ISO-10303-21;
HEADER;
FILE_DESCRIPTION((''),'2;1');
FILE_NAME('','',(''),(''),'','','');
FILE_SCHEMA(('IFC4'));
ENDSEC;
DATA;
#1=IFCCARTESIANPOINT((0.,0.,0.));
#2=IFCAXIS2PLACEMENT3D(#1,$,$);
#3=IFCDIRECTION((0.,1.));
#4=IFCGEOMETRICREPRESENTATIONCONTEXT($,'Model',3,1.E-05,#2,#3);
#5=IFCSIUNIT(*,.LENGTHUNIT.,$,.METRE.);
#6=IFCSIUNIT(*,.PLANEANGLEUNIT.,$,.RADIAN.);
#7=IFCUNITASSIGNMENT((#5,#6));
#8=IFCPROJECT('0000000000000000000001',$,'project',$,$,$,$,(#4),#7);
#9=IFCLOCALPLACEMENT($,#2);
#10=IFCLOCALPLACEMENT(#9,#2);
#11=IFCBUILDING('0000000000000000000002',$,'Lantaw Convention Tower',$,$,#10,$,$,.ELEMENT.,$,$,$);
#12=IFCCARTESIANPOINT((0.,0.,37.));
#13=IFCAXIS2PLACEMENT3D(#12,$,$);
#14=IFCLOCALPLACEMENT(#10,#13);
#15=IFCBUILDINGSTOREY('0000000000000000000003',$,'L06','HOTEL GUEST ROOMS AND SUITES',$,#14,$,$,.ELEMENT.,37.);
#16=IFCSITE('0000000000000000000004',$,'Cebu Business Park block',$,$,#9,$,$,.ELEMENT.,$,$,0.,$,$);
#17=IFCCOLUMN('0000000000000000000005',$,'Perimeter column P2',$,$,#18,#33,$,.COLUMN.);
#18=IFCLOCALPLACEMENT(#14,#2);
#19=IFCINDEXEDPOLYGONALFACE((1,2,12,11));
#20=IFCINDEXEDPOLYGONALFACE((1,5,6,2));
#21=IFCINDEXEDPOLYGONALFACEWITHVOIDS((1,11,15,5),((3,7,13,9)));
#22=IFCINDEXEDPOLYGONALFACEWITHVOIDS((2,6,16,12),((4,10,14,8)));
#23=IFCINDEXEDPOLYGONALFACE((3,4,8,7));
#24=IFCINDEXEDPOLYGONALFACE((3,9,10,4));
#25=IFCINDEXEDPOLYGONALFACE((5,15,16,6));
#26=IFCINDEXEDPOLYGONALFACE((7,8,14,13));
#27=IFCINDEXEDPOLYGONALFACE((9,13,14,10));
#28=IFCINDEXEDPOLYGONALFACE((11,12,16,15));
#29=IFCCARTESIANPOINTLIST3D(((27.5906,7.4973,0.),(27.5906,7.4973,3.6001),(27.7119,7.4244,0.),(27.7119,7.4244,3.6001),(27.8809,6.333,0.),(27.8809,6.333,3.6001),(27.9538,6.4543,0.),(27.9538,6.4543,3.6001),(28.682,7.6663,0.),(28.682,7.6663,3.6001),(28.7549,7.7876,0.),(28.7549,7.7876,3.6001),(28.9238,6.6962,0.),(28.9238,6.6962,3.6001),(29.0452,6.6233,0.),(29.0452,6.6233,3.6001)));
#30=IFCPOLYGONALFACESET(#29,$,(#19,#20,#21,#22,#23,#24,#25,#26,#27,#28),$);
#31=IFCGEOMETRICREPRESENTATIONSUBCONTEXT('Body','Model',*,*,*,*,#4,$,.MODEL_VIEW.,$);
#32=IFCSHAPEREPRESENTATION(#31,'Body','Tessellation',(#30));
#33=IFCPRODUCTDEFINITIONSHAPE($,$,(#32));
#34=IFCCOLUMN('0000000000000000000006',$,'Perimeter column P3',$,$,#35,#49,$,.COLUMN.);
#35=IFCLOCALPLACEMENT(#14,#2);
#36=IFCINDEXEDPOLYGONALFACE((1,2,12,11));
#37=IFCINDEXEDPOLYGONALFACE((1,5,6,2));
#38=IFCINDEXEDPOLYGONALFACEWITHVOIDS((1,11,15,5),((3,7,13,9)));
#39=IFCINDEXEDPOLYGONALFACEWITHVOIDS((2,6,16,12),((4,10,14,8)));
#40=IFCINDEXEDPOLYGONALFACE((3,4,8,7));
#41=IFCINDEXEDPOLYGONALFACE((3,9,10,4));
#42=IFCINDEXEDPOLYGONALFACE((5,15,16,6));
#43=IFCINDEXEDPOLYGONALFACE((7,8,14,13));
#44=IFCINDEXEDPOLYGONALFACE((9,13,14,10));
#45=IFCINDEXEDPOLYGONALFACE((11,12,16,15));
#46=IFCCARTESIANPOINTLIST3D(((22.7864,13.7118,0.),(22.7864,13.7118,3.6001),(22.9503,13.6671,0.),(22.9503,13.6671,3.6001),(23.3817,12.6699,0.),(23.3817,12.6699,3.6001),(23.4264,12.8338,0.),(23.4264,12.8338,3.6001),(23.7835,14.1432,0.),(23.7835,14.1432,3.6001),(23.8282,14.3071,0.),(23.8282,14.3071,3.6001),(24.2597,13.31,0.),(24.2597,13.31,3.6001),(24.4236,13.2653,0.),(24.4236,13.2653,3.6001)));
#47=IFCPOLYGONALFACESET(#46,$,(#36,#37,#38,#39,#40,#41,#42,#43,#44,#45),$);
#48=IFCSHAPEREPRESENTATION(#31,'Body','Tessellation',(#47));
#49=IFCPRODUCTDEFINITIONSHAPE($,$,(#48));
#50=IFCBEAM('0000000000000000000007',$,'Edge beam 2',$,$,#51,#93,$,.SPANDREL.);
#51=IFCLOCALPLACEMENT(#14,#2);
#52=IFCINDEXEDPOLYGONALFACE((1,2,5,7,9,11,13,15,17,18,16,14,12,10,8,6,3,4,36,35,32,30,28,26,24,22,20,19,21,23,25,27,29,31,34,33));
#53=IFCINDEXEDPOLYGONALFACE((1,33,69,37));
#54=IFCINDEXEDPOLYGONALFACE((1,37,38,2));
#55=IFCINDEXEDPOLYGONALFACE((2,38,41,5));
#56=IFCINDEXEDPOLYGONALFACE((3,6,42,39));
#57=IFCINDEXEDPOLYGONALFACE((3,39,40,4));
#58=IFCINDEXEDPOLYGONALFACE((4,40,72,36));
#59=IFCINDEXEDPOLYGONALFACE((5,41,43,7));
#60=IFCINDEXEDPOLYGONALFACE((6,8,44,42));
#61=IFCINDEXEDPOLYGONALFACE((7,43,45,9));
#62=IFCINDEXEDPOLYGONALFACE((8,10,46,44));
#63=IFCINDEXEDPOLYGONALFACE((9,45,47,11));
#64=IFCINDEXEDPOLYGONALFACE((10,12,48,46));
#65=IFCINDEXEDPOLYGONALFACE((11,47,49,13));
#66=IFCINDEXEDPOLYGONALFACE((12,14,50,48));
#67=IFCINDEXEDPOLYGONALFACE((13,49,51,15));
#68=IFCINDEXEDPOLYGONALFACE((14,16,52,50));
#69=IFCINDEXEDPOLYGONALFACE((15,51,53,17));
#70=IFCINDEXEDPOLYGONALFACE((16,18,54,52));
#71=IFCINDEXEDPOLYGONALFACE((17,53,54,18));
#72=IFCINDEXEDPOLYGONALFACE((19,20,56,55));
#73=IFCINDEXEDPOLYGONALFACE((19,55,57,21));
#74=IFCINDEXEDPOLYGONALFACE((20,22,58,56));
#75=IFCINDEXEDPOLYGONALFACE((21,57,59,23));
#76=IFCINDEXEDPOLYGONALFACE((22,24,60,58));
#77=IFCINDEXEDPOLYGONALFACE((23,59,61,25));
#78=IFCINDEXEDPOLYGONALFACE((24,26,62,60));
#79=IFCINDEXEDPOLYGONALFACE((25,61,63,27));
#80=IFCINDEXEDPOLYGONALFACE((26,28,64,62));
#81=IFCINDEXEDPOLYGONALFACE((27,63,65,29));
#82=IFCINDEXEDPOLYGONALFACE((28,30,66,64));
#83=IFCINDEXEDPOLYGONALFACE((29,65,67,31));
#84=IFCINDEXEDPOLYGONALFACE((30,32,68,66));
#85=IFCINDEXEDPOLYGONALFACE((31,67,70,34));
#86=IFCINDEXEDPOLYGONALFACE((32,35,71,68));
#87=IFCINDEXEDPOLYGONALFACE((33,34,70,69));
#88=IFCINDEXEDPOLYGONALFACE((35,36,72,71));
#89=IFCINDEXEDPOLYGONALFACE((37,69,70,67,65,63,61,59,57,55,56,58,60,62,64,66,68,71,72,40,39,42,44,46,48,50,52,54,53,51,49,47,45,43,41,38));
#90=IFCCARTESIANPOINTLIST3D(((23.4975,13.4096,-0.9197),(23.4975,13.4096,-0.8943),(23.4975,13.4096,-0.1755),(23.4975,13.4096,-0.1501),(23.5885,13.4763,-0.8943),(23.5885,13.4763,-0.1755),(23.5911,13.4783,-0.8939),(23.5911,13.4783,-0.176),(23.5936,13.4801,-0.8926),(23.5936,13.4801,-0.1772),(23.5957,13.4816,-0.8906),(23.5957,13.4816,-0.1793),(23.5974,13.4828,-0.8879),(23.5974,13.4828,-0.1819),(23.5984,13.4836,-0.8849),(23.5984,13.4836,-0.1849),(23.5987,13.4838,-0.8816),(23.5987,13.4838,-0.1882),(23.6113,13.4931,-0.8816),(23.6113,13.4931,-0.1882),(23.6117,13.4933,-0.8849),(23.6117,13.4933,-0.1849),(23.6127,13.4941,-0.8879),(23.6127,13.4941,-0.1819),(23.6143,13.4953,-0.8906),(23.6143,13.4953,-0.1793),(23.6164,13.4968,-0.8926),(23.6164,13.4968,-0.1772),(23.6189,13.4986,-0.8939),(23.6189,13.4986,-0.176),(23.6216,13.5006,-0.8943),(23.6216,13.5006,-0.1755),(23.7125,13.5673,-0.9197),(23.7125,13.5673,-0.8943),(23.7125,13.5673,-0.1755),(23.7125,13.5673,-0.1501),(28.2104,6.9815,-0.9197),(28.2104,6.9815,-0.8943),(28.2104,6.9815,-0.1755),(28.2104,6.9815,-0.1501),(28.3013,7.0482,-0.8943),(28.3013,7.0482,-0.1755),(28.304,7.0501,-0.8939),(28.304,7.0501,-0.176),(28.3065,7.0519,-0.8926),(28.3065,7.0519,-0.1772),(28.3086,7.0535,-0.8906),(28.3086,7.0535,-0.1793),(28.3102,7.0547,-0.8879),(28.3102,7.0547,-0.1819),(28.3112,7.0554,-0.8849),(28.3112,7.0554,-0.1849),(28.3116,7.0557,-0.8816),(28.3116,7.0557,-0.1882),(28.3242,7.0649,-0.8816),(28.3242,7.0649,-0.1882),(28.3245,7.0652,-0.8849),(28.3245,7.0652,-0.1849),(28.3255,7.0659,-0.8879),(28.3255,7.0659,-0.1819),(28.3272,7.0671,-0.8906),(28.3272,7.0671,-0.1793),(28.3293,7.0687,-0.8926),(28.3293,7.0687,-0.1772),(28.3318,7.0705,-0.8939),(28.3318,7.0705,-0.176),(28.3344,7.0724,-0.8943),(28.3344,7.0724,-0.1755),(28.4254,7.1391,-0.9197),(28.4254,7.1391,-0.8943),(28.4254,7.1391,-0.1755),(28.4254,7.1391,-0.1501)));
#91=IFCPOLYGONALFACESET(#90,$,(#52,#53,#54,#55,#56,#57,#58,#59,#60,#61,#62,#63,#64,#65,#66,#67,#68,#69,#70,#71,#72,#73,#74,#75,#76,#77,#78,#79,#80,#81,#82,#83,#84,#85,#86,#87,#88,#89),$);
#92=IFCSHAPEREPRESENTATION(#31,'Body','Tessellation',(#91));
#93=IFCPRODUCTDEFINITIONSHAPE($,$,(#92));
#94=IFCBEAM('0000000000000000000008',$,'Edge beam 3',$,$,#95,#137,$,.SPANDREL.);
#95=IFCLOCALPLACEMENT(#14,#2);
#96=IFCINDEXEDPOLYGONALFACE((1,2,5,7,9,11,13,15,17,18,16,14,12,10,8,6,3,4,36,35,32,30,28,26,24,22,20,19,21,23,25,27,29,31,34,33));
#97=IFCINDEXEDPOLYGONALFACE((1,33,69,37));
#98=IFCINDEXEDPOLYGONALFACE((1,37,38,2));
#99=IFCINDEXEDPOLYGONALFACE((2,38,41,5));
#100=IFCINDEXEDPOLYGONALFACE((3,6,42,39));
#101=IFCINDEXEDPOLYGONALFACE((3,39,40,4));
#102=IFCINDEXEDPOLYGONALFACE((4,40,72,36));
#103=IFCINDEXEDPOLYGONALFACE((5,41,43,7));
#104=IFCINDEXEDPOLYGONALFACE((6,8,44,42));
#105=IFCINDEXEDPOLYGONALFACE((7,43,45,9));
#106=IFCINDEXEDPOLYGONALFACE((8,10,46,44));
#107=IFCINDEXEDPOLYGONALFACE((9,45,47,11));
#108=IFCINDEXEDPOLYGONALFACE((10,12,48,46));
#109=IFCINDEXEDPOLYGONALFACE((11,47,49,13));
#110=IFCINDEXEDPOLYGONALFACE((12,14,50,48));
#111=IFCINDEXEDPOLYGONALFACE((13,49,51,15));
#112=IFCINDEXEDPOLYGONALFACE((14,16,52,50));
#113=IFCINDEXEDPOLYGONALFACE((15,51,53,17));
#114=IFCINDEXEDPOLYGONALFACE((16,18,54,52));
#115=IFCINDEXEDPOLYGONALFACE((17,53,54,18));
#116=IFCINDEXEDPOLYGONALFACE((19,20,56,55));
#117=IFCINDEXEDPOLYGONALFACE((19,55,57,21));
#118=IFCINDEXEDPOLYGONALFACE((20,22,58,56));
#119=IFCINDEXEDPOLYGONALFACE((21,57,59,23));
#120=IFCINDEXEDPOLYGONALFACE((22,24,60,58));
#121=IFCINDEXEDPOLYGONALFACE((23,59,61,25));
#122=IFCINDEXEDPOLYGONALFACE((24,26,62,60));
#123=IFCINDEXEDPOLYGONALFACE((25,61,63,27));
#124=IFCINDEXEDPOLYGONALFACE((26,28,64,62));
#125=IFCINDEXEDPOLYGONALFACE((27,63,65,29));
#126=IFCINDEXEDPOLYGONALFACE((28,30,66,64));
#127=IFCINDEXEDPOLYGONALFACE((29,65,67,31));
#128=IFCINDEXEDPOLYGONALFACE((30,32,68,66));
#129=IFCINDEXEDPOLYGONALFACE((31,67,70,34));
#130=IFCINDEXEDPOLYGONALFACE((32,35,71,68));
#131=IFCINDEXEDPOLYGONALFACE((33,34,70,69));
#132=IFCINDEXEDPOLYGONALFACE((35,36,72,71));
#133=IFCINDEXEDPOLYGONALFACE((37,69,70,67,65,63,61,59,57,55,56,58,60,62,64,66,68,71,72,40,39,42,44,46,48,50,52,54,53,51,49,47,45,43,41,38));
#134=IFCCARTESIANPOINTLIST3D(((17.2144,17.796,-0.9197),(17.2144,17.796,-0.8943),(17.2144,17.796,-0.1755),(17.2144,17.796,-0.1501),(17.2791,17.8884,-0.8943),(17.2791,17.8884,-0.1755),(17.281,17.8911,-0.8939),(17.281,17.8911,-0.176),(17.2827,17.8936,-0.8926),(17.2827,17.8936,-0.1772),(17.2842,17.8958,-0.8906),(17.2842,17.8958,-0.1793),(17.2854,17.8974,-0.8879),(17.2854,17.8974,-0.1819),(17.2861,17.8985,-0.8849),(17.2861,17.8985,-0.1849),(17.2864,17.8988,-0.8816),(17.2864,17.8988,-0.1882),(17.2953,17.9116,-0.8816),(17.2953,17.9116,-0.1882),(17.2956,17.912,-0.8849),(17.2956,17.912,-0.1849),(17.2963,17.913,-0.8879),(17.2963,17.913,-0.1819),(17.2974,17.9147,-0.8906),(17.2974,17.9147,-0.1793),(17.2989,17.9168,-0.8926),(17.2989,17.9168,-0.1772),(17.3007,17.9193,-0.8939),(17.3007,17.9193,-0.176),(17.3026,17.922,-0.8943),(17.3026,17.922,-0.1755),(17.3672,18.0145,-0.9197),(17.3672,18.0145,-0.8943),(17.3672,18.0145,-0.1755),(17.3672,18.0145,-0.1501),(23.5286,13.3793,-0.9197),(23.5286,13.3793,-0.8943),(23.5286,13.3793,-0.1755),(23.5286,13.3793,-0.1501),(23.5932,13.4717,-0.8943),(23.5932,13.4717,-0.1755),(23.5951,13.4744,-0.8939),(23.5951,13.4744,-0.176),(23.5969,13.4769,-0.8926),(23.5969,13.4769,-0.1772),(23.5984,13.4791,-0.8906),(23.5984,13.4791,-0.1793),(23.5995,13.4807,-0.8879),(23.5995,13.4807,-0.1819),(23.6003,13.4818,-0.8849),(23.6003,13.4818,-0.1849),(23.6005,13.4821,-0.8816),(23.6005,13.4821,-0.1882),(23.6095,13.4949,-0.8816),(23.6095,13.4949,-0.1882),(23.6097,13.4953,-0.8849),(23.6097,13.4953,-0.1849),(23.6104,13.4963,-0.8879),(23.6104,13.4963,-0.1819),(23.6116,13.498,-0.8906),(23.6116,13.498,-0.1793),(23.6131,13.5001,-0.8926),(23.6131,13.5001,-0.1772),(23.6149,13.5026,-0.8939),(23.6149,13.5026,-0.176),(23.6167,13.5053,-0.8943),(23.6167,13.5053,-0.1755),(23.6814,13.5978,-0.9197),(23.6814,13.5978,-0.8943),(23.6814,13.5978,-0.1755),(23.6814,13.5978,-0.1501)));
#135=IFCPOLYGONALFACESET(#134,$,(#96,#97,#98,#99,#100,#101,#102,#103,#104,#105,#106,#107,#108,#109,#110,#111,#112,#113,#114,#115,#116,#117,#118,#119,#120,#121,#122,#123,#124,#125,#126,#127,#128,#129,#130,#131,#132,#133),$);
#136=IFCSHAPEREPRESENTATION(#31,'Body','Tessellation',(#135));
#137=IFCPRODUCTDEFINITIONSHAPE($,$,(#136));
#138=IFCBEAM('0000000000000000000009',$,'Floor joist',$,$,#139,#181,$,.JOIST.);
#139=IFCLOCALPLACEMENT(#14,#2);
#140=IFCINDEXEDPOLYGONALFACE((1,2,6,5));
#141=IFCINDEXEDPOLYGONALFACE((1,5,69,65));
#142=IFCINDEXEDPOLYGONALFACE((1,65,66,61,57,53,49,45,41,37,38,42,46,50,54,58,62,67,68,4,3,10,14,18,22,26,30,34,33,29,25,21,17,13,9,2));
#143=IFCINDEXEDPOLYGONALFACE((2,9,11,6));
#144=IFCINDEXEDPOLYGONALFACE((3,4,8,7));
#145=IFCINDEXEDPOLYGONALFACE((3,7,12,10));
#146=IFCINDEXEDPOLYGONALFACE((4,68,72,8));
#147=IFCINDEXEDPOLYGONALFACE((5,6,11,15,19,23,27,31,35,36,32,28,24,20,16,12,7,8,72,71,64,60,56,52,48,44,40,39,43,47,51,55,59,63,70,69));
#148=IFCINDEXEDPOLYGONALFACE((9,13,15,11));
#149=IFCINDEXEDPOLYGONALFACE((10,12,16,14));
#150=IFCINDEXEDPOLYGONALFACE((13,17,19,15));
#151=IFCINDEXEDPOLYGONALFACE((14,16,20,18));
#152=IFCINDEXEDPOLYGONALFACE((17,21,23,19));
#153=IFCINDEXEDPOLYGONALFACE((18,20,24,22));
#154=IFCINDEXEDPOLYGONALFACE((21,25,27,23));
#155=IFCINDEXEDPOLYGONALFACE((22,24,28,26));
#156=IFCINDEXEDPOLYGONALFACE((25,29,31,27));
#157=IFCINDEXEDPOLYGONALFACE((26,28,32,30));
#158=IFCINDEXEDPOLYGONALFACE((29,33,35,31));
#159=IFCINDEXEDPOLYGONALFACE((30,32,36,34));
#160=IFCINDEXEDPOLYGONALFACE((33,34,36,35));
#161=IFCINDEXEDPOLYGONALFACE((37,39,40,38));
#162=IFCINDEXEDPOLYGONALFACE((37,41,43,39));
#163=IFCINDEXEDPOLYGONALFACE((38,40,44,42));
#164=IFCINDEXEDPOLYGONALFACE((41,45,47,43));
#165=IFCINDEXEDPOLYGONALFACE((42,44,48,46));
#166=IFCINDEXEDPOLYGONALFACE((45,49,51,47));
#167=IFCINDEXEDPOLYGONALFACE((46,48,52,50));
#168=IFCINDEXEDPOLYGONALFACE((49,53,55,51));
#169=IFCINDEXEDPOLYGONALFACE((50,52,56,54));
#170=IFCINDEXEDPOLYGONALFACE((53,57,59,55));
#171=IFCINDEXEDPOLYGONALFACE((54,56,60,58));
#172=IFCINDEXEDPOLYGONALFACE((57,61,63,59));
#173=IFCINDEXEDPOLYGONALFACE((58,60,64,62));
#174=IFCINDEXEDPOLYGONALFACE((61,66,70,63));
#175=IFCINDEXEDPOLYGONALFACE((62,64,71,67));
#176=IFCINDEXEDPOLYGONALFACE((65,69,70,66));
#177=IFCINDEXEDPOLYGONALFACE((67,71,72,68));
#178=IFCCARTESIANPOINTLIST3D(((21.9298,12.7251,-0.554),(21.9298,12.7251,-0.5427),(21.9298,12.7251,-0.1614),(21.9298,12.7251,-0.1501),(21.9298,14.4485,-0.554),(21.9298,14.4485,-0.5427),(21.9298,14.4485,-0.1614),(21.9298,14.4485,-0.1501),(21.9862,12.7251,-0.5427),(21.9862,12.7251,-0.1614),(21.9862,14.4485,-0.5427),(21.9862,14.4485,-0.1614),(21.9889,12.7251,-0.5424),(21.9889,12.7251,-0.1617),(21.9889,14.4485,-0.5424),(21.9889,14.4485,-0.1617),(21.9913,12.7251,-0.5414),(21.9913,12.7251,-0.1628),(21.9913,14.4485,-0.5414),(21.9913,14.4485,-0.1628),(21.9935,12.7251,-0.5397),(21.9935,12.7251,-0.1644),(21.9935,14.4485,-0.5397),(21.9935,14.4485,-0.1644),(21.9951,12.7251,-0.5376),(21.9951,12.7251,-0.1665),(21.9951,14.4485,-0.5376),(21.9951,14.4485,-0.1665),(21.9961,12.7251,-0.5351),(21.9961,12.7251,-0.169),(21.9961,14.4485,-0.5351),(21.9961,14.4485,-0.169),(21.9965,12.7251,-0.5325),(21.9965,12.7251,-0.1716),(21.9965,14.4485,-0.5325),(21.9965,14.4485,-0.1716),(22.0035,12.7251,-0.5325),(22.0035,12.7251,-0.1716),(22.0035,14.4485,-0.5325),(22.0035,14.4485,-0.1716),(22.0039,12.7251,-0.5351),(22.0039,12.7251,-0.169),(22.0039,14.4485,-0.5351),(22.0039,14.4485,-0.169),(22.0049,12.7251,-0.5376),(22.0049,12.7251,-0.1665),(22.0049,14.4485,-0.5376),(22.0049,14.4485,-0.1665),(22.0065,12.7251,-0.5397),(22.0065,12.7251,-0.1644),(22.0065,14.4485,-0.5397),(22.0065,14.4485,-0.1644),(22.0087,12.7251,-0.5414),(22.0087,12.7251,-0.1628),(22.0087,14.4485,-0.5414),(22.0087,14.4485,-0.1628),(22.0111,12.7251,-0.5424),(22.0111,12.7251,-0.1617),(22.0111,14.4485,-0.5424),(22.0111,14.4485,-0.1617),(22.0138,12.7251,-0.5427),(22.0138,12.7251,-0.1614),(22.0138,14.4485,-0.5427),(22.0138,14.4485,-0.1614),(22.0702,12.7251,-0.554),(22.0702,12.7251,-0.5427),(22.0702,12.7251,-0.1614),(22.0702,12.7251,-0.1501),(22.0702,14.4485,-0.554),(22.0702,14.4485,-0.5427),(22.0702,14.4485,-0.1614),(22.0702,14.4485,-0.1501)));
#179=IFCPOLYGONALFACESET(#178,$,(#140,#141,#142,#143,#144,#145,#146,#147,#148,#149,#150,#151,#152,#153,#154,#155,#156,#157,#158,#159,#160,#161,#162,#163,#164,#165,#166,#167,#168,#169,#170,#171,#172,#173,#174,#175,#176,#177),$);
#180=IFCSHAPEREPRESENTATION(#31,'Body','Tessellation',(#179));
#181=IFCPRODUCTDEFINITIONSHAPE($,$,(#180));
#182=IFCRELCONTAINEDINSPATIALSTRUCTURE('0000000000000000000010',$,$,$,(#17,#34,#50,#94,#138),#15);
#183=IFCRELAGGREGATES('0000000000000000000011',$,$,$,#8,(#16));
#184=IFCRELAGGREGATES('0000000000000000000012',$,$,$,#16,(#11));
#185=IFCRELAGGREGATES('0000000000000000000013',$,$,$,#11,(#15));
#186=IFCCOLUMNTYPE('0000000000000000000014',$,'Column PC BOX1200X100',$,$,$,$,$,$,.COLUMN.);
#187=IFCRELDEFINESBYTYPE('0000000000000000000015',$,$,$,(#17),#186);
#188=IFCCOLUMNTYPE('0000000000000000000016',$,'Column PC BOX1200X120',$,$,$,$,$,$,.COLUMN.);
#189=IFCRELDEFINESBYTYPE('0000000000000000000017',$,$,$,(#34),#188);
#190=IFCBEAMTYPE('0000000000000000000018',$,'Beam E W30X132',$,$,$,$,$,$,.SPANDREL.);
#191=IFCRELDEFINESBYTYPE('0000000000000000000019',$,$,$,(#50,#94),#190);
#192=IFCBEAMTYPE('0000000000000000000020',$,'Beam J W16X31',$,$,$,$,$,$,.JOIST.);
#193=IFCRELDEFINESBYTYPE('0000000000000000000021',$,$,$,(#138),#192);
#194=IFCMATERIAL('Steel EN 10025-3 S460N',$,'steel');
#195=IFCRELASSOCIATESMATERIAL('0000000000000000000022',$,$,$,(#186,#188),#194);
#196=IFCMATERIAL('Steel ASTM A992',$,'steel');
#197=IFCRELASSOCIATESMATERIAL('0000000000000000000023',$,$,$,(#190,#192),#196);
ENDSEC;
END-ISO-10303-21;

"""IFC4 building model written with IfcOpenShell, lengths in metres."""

from ifc_helpers import new_model, si_unit, direction, frame, origin, origin_2d, place, context, subcontext, project, spatial, rectangle, hollow_rectangle, i_section, extrude, material, material_profile, profile_set, type_object, element, save


model = new_model("IFC4")

# Units and contexts
model_context = context("Model", 3, precision=1e-05, world=origin(), true_north=direction((0.0, 1.0)))
body_context = subcontext(model_context, "Body", "Model", "MODEL_VIEW")
ifc_project = project(units=[si_unit("LENGTHUNIT", "METRE"), si_unit("PLANEANGLEUNIT", "RADIAN")], contexts=[model_context])

# Site, building, storey
site_placement = place(None, origin())
site = spatial("IfcSite", under=ifc_project, at=site_placement, Name="Cebu Business Park block", CompositionType="ELEMENT", RefElevation=0.0)
building_placement = place(site_placement, origin())
building = spatial("IfcBuilding", under=site, at=building_placement, Name="Lantaw Convention Tower", CompositionType="ELEMENT")
storey_placement = place(building_placement, frame((0.0, 0.0, 37.0)))
storey = spatial("IfcBuildingStorey", under=building, at=storey_placement, Name="L06", Description="HOTEL GUEST ROOMS AND SUITES", CompositionType="ELEMENT", Elevation=37.0)

# Columns
ifc_material_1 = material(Name="Steel EN 10025-3 S460N", Category="steel")
ifc_material_profile_1 = material_profile(ifc_material_1, hollow_rectangle(XDim=1.2, YDim=1.2, WallThickness=0.1001, at=origin_2d()), Name="BOX1200X100")
ifc_material_2 = material(Name="Concrete C60/75", Category="concrete")
ifc_material_profile_2 = material_profile(ifc_material_2, rectangle(XDim=1.0, YDim=1.0, at=origin_2d()), Name="Concrete fill of BOX1200X100")
ifc_profile_set_1 = profile_set([ifc_material_profile_1, ifc_material_profile_2], Name="Steel EN 10025-3 S460N")
column_type_1 = type_object("IfcColumnType", Name="Column PC BOX1200X100", PredefinedType="COLUMN", material=ifc_profile_set_1)
column_1_placement = place(storey_placement, frame((28.3179, 7.0603, 0.0), z_axis=(0.0, 0.0, 1.0), x_axis=(0.970296, 0.241922, 0.0)))
element("IfcColumn", 1, at=column_1_placement, inside=storey, type_object=column_type_1, Name="Perimeter column P2", PredefinedType="COLUMN", context=body_context, shape_type="SweptSolid", body=[
    extrude(hollow_rectangle(XDim=1.2, YDim=1.2, WallThickness=0.1001, at=origin_2d()), origin(), (0.0, 0.0, 1.0), 3.6001),
])
ifc_material_profile_3 = material_profile(ifc_material_1, hollow_rectangle(XDim=1.2, YDim=1.2, WallThickness=0.1201, at=origin_2d()), Name="BOX1200X120")
ifc_material_profile_4 = material_profile(ifc_material_2, rectangle(XDim=0.96, YDim=0.96, at=origin_2d()), Name="Concrete fill of BOX1200X120")
ifc_profile_set_2 = profile_set([ifc_material_profile_3, ifc_material_profile_4], Name="Steel EN 10025-3 S460N")
column_type_2 = type_object("IfcColumnType", Name="Column PC BOX1200X120", PredefinedType="COLUMN", material=ifc_profile_set_2)
column_2_placement = place(storey_placement, frame((23.605, 13.4885, 0.0), z_axis=(0.0, 0.0, 1.0), x_axis=(0.868243, 0.496139, 0.0)))
element("IfcColumn", 2, at=column_2_placement, inside=storey, type_object=column_type_2, Name="Perimeter column P3", PredefinedType="COLUMN", context=body_context, shape_type="SweptSolid", body=[
    extrude(hollow_rectangle(XDim=1.2, YDim=1.2, WallThickness=0.1201, at=origin_2d()), origin(), (0.0, 0.0, 1.0), 3.6001),
])

# Beams
ifc_material_3 = material(Name="Steel ASTM A992", Category="steel")
ifc_material_profile_5 = material_profile(ifc_material_3, i_section(OverallWidth=0.2666, OverallDepth=0.7695, WebThickness=0.0156, FlangeThickness=0.0254, FilletRadius=0.0127, at=origin_2d()), Name="W30X132")
ifc_profile_set_3 = profile_set([ifc_material_profile_5], Name="Steel ASTM A992")
beam_type_1 = type_object("IfcBeamType", Name="Beam E W30X132", PredefinedType="SPANDREL", material=ifc_profile_set_3)
beam_1_placement = place(storey_placement, frame((28.3179, 7.0603, -0.5349), z_axis=(-0.591271, 0.806473, 0.0), x_axis=(-0.806473, -0.591271, 0.0)))
element("IfcBeam", 3, at=beam_1_placement, inside=storey, type_object=beam_type_1, Name="Edge beam 2", PredefinedType="SPANDREL", context=body_context, shape_type="SweptSolid", body=[
    extrude(i_section(OverallWidth=0.2666, OverallDepth=0.7695, WebThickness=0.0156, FlangeThickness=0.0254, FilletRadius=0.0127, at=origin_2d()), origin(), (0.0, 0.0, 1.0), 7.9707),
])
beam_2_placement = place(storey_placement, frame((23.605, 13.4885, -0.5349), z_axis=(-0.819427, 0.573184, 0.0), x_axis=(-0.573184, -0.819427, 0.0)))
element("IfcBeam", 4, at=beam_2_placement, inside=storey, type_object=beam_type_1, Name="Edge beam 3", PredefinedType="SPANDREL", context=body_context, shape_type="SweptSolid", body=[
    extrude(i_section(OverallWidth=0.2666, OverallDepth=0.7695, WebThickness=0.0156, FlangeThickness=0.0254, FilletRadius=0.0127, at=origin_2d()), origin(), (0.0, 0.0, 1.0), 7.7056),
])
ifc_material_profile_6 = material_profile(ifc_material_3, i_section(OverallWidth=0.1404, OverallDepth=0.4038, WebThickness=0.0071, FlangeThickness=0.0112, FilletRadius=0.0103, at=origin_2d()), Name="W16X31")
ifc_profile_set_4 = profile_set([ifc_material_profile_6], Name="Steel ASTM A992")
beam_type_2 = type_object("IfcBeamType", Name="Beam J W16X31", PredefinedType="JOIST", material=ifc_profile_set_4)
beam_3_placement = place(storey_placement, frame((22.0, 12.7251, -0.3521), z_axis=(0.0, 1.0, 0.0), x_axis=(-1.0, 0.0, 0.0)))
element("IfcBeam", 5, at=beam_3_placement, inside=storey, type_object=beam_type_2, Name="Floor joist", PredefinedType="JOIST", context=body_context, shape_type="SweptSolid", body=[
    extrude(i_section(OverallWidth=0.1404, OverallDepth=0.4038, WebThickness=0.0071, FlangeThickness=0.0112, FilletRadius=0.0103, at=origin_2d()), origin(), (0.0, 0.0, 1.0), 1.7234),
])

save(model, "model.ifc")
